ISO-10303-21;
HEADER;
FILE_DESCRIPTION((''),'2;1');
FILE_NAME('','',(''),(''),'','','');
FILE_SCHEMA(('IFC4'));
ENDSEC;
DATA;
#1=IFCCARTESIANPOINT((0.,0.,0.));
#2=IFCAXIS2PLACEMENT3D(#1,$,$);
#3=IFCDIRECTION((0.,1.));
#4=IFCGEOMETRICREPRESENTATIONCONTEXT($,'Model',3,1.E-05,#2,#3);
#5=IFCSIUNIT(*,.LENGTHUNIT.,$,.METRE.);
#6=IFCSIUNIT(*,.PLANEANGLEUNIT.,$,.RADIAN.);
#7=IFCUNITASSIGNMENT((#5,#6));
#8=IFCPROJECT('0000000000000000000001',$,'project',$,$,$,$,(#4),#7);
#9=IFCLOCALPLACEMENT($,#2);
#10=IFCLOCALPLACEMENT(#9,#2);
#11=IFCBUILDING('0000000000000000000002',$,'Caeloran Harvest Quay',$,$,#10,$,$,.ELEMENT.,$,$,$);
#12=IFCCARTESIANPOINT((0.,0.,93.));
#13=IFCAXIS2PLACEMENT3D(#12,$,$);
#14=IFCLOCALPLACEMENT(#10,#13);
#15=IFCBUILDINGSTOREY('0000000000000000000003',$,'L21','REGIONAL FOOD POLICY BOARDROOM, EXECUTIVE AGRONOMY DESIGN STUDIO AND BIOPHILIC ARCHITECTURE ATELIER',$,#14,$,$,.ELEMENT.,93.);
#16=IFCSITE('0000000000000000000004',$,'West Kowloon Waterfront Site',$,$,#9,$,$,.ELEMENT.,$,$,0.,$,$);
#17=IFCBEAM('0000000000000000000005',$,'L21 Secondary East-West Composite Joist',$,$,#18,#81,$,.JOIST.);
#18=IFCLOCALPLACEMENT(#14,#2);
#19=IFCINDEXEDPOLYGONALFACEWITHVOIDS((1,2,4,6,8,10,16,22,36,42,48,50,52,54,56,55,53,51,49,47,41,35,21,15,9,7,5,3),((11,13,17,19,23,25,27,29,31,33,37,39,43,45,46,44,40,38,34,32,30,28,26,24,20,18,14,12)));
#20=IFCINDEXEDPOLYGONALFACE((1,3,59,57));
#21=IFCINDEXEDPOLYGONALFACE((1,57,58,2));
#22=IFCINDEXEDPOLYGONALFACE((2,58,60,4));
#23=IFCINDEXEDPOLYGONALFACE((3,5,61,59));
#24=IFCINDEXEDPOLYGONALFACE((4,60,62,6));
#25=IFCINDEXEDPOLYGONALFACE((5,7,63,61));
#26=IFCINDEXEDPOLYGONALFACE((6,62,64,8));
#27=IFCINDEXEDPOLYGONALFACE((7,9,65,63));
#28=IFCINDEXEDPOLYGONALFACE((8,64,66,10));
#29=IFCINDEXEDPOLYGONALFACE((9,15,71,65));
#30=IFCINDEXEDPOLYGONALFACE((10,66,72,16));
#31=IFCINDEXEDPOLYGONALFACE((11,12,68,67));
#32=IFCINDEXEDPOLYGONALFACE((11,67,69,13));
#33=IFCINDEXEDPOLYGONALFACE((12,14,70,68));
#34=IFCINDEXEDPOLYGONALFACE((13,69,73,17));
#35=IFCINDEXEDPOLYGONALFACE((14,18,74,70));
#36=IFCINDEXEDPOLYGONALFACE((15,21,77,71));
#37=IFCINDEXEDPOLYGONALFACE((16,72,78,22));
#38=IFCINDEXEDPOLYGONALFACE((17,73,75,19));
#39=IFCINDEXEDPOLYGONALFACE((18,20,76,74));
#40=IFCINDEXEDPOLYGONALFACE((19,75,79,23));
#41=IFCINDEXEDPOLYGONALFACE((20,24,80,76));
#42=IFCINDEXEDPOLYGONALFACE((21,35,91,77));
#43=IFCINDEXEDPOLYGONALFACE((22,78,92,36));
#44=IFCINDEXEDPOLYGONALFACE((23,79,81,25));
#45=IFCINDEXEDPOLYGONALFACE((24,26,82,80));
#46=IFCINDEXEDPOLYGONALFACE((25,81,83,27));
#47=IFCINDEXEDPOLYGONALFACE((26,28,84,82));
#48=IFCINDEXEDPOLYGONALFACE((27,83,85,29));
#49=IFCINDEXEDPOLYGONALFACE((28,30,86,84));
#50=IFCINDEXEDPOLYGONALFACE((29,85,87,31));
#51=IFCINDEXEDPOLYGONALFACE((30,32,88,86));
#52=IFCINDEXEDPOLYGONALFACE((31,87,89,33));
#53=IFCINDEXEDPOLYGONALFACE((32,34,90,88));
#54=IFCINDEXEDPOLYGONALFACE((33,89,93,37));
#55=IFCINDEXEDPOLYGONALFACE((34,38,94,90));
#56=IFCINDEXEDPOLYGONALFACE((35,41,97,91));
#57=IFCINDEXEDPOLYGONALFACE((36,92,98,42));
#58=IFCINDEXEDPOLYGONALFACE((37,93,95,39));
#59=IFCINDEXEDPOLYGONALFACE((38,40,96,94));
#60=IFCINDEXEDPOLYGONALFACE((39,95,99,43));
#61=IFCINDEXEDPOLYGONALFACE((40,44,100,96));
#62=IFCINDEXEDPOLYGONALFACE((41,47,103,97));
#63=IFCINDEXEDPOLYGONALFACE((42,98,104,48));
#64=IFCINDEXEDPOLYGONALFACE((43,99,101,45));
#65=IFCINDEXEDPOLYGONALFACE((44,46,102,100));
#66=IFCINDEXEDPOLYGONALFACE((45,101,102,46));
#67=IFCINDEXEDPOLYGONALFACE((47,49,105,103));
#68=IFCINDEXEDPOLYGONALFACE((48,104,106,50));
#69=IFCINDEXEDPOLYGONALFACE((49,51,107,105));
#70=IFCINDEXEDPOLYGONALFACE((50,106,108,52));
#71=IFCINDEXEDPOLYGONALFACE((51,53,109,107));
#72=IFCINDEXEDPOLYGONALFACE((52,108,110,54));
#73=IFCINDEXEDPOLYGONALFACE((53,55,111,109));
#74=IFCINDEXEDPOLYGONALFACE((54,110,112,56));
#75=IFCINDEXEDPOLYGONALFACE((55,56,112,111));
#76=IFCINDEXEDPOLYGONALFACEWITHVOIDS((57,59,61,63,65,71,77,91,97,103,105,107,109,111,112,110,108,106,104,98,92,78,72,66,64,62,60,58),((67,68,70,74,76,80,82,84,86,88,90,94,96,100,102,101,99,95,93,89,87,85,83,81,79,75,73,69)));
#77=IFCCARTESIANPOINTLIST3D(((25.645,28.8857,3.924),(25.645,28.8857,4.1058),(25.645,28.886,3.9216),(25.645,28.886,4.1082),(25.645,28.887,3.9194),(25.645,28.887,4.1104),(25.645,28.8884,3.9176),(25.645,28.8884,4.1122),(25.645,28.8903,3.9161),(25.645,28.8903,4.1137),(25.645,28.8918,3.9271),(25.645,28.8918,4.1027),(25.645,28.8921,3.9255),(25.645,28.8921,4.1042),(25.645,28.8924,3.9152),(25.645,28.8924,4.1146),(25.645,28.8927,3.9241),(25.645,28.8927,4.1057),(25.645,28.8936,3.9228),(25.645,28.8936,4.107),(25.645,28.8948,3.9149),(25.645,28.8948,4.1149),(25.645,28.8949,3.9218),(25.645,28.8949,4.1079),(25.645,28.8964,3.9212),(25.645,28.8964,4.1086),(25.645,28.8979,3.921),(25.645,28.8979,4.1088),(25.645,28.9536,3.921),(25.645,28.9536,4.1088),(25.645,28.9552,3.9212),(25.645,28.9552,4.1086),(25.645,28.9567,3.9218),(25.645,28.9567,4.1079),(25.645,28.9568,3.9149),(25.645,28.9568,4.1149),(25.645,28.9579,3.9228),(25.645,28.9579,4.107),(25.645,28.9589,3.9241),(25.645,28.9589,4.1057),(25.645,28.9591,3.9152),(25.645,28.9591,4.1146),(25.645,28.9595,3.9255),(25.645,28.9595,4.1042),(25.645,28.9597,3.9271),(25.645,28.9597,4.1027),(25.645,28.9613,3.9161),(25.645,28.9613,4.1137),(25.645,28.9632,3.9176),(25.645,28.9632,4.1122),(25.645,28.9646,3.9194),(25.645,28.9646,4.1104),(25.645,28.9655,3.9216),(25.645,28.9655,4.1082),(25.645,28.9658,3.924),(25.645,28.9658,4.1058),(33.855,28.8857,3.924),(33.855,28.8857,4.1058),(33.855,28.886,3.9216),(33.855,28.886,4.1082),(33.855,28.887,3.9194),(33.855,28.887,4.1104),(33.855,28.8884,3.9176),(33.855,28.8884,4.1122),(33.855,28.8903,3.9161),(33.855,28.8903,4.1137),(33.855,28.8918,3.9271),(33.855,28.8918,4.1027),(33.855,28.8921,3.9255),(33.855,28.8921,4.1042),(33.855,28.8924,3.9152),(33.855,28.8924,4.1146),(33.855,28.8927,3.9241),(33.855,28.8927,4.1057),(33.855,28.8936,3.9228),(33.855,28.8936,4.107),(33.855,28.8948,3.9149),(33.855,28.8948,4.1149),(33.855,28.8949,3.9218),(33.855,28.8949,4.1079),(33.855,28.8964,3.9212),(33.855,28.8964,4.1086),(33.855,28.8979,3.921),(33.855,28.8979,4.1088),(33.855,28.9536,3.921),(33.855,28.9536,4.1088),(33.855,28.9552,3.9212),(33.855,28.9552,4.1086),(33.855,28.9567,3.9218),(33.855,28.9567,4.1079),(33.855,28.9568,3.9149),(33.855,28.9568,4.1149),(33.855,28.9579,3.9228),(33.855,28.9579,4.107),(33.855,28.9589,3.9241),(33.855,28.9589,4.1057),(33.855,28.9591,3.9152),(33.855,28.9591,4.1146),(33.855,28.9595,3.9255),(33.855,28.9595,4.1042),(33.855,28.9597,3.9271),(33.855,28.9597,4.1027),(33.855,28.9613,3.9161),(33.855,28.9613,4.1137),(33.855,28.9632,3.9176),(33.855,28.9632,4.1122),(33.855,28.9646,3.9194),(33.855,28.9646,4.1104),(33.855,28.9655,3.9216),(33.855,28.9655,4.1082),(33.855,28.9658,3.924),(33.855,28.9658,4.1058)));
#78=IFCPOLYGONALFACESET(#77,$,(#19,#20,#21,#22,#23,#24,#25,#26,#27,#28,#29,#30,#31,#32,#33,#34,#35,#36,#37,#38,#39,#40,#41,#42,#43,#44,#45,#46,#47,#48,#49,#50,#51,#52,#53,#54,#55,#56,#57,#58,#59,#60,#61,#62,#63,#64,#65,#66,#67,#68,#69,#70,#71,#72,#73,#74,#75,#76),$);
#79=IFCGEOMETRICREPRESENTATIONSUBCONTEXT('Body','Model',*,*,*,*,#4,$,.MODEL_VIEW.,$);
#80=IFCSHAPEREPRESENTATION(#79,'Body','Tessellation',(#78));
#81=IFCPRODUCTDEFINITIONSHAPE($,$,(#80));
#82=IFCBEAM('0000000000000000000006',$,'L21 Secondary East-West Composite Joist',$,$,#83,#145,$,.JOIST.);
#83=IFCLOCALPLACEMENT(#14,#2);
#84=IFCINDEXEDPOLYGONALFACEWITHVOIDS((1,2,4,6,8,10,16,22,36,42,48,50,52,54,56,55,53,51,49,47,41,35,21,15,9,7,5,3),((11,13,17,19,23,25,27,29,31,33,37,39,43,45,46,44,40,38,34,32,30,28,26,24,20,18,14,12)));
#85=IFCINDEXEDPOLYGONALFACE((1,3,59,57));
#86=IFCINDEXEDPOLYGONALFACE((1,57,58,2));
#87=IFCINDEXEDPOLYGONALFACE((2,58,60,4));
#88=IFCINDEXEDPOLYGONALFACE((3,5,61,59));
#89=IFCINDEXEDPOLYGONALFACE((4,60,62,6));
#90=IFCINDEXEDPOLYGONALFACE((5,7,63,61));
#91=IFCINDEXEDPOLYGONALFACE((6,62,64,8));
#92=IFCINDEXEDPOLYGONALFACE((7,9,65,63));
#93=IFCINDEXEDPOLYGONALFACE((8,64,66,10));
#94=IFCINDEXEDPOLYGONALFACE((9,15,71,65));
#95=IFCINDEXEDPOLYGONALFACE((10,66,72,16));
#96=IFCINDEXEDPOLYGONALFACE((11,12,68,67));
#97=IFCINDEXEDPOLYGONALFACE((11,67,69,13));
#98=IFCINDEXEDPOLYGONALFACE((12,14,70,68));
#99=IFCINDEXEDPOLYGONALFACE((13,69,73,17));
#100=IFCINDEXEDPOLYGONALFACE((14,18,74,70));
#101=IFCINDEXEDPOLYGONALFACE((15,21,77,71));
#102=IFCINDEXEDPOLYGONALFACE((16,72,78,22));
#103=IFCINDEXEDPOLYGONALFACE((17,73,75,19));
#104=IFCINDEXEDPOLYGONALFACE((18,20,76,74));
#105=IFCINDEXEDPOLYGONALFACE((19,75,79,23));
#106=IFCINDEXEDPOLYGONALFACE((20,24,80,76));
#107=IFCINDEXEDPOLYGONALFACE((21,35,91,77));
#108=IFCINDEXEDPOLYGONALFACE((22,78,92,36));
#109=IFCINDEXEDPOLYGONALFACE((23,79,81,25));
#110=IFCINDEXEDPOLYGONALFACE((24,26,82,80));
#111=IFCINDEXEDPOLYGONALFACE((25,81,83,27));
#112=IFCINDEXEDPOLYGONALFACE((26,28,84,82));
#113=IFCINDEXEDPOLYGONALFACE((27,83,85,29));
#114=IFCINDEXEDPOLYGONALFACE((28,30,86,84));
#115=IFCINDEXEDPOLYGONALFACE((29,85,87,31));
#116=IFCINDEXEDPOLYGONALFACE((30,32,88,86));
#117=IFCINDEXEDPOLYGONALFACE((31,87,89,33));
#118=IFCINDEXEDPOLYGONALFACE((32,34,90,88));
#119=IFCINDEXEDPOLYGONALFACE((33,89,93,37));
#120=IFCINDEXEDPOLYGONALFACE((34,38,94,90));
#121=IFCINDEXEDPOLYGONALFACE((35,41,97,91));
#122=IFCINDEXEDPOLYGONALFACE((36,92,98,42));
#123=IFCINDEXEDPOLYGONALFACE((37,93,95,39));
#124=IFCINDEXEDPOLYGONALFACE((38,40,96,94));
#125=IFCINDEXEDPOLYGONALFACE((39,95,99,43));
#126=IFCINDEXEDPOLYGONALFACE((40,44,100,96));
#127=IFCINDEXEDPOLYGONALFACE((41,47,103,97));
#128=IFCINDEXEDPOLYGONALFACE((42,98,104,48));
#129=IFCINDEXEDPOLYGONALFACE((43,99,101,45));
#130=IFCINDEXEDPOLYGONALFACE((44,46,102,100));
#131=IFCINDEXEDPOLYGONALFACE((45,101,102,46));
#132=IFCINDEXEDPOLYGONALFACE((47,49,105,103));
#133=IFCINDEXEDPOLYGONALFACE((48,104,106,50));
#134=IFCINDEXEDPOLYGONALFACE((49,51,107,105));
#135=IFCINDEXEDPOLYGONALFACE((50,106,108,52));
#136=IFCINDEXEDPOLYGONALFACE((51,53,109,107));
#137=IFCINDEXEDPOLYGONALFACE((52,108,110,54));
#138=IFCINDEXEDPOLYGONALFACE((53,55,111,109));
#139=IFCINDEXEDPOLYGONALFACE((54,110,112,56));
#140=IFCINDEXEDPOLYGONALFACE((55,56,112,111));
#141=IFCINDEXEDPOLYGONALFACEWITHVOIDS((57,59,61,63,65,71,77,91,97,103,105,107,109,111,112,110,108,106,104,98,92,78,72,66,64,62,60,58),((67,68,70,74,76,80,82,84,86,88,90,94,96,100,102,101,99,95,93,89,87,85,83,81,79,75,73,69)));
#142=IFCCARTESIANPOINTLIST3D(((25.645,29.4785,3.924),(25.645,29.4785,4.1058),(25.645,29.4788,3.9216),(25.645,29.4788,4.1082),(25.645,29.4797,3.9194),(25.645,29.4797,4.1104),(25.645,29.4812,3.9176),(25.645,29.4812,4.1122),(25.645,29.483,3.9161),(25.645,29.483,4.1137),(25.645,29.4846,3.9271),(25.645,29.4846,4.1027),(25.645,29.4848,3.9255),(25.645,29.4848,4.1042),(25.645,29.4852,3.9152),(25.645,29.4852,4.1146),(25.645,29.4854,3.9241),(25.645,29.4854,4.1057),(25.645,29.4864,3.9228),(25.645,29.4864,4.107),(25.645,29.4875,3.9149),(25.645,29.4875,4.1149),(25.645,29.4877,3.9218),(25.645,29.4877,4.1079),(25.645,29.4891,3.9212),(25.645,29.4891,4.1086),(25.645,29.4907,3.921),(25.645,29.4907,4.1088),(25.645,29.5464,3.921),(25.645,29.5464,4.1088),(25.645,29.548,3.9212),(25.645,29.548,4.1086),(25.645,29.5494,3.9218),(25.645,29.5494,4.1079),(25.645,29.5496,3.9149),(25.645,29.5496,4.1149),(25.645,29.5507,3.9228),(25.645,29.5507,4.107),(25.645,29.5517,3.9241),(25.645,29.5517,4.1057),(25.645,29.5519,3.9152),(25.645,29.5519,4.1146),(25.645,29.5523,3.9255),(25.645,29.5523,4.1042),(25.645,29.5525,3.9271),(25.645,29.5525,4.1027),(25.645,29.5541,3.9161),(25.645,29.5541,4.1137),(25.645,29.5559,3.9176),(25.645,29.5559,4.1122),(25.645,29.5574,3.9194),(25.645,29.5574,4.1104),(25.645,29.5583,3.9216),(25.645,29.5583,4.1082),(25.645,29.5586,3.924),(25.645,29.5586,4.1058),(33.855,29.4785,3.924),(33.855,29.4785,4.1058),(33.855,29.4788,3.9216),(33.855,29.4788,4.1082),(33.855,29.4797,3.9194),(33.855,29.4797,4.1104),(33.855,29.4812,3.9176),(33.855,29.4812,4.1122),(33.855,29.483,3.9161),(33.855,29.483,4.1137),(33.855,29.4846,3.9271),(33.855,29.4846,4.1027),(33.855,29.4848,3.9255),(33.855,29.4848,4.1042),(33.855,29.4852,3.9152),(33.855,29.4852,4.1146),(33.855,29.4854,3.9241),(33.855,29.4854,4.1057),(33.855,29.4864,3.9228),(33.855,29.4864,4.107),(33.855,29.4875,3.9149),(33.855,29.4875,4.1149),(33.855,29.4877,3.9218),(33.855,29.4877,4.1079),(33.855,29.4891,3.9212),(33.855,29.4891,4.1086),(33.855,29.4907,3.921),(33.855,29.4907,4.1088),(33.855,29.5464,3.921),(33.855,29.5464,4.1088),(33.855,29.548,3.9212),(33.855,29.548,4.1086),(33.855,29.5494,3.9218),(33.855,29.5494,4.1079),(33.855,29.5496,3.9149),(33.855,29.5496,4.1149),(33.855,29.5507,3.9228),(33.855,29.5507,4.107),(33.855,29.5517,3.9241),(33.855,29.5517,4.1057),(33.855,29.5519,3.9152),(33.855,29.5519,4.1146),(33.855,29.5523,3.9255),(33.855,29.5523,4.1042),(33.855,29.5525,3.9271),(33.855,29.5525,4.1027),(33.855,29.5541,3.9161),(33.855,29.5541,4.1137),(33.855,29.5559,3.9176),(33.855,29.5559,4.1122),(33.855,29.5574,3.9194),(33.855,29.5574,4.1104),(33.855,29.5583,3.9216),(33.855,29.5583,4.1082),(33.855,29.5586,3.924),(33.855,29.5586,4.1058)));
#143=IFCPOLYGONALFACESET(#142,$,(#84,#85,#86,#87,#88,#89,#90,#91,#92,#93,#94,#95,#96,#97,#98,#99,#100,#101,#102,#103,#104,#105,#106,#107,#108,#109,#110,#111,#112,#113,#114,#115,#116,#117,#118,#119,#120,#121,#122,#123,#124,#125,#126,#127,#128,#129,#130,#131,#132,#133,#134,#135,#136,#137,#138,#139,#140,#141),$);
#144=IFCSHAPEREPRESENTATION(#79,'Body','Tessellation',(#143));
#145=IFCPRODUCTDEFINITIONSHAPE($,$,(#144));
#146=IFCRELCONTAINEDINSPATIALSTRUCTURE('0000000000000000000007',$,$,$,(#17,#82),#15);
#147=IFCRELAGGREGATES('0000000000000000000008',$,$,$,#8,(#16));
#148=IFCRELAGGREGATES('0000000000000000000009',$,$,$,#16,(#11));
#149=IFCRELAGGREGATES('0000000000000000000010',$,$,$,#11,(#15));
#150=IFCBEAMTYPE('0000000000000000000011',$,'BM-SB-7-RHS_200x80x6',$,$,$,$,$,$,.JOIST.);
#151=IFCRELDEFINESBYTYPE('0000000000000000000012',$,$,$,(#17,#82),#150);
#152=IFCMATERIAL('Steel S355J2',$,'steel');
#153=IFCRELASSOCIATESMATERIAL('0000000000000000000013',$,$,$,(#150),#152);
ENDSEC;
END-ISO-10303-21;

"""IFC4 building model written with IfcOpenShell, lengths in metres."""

from ifc_helpers import new_model, si_unit, direction, frame, origin, origin_2d, place, context, subcontext, project, spatial, hollow_rectangle, extrude, material, material_profile, profile_set, type_object, element, save


model = new_model("IFC4")

# Units and contexts
model_context = context("Model", 3, precision=1e-05, world=origin(), true_north=direction((0.0, 1.0)))
body_context = subcontext(model_context, "Body", "Model", "MODEL_VIEW")
ifc_project = project(units=[si_unit("LENGTHUNIT", "METRE"), si_unit("PLANEANGLEUNIT", "RADIAN")], contexts=[model_context])

# Site, building, storey
site_placement = place(None, origin())
site = spatial("IfcSite", under=ifc_project, at=site_placement, Name="West Kowloon Waterfront Site", CompositionType="ELEMENT", RefElevation=0.0)
building_placement = place(site_placement, origin())
building = spatial("IfcBuilding", under=site, at=building_placement, Name="Caeloran Harvest Quay", CompositionType="ELEMENT")
storey_placement = place(building_placement, frame((0.0, 0.0, 93.0)))
storey = spatial("IfcBuildingStorey", under=building, at=storey_placement, Name="L21", Description="REGIONAL FOOD POLICY BOARDROOM, EXECUTIVE AGRONOMY DESIGN STUDIO AND BIOPHILIC ARCHITECTURE ATELIER", CompositionType="ELEMENT", Elevation=93.0)

# Beams
ifc_material_1 = material(Name="Steel S355J2", Category="steel")
ifc_material_profile_1 = material_profile(ifc_material_1, hollow_rectangle(XDim=0.0801, YDim=0.2, WallThickness=0.0061, InnerFilletRadius=0.0061, OuterFilletRadius=0.009, at=origin_2d()), Name="RHS 200x80x6")
ifc_profile_set_1 = profile_set([ifc_material_profile_1], Name="Steel S355J2")
beam_type_1 = type_object("IfcBeamType", Name="BM-SB-7-RHS_200x80x6", PredefinedType="JOIST", material=ifc_profile_set_1)
for number, where, z_axis, x_axis, name in (
    (1, (25.645, 28.9258, 4.0149), (1.0, 0.0, 0.0), (0.0, 1.0, 0.0), "L21 Secondary East-West Composite Joist"),
    (2, (25.645, 29.5186, 4.0149), (1.0, 0.0, 0.0), (0.0, 1.0, 0.0), "L21 Secondary East-West Composite Joist"),
):
    element("IfcBeam", number, at=place(storey_placement, frame(where, z_axis=z_axis, x_axis=x_axis)), inside=storey, type_object=beam_type_1, Name=name, PredefinedType="JOIST", context=body_context, shape_type="SweptSolid", body=[
        extrude(hollow_rectangle(XDim=0.0801, YDim=0.2, WallThickness=0.0061, InnerFilletRadius=0.0061, OuterFilletRadius=0.009, at=origin_2d()), origin(), (0.0, 0.0, 1.0), 8.21),
    ])

save(model, "model.ifc")
